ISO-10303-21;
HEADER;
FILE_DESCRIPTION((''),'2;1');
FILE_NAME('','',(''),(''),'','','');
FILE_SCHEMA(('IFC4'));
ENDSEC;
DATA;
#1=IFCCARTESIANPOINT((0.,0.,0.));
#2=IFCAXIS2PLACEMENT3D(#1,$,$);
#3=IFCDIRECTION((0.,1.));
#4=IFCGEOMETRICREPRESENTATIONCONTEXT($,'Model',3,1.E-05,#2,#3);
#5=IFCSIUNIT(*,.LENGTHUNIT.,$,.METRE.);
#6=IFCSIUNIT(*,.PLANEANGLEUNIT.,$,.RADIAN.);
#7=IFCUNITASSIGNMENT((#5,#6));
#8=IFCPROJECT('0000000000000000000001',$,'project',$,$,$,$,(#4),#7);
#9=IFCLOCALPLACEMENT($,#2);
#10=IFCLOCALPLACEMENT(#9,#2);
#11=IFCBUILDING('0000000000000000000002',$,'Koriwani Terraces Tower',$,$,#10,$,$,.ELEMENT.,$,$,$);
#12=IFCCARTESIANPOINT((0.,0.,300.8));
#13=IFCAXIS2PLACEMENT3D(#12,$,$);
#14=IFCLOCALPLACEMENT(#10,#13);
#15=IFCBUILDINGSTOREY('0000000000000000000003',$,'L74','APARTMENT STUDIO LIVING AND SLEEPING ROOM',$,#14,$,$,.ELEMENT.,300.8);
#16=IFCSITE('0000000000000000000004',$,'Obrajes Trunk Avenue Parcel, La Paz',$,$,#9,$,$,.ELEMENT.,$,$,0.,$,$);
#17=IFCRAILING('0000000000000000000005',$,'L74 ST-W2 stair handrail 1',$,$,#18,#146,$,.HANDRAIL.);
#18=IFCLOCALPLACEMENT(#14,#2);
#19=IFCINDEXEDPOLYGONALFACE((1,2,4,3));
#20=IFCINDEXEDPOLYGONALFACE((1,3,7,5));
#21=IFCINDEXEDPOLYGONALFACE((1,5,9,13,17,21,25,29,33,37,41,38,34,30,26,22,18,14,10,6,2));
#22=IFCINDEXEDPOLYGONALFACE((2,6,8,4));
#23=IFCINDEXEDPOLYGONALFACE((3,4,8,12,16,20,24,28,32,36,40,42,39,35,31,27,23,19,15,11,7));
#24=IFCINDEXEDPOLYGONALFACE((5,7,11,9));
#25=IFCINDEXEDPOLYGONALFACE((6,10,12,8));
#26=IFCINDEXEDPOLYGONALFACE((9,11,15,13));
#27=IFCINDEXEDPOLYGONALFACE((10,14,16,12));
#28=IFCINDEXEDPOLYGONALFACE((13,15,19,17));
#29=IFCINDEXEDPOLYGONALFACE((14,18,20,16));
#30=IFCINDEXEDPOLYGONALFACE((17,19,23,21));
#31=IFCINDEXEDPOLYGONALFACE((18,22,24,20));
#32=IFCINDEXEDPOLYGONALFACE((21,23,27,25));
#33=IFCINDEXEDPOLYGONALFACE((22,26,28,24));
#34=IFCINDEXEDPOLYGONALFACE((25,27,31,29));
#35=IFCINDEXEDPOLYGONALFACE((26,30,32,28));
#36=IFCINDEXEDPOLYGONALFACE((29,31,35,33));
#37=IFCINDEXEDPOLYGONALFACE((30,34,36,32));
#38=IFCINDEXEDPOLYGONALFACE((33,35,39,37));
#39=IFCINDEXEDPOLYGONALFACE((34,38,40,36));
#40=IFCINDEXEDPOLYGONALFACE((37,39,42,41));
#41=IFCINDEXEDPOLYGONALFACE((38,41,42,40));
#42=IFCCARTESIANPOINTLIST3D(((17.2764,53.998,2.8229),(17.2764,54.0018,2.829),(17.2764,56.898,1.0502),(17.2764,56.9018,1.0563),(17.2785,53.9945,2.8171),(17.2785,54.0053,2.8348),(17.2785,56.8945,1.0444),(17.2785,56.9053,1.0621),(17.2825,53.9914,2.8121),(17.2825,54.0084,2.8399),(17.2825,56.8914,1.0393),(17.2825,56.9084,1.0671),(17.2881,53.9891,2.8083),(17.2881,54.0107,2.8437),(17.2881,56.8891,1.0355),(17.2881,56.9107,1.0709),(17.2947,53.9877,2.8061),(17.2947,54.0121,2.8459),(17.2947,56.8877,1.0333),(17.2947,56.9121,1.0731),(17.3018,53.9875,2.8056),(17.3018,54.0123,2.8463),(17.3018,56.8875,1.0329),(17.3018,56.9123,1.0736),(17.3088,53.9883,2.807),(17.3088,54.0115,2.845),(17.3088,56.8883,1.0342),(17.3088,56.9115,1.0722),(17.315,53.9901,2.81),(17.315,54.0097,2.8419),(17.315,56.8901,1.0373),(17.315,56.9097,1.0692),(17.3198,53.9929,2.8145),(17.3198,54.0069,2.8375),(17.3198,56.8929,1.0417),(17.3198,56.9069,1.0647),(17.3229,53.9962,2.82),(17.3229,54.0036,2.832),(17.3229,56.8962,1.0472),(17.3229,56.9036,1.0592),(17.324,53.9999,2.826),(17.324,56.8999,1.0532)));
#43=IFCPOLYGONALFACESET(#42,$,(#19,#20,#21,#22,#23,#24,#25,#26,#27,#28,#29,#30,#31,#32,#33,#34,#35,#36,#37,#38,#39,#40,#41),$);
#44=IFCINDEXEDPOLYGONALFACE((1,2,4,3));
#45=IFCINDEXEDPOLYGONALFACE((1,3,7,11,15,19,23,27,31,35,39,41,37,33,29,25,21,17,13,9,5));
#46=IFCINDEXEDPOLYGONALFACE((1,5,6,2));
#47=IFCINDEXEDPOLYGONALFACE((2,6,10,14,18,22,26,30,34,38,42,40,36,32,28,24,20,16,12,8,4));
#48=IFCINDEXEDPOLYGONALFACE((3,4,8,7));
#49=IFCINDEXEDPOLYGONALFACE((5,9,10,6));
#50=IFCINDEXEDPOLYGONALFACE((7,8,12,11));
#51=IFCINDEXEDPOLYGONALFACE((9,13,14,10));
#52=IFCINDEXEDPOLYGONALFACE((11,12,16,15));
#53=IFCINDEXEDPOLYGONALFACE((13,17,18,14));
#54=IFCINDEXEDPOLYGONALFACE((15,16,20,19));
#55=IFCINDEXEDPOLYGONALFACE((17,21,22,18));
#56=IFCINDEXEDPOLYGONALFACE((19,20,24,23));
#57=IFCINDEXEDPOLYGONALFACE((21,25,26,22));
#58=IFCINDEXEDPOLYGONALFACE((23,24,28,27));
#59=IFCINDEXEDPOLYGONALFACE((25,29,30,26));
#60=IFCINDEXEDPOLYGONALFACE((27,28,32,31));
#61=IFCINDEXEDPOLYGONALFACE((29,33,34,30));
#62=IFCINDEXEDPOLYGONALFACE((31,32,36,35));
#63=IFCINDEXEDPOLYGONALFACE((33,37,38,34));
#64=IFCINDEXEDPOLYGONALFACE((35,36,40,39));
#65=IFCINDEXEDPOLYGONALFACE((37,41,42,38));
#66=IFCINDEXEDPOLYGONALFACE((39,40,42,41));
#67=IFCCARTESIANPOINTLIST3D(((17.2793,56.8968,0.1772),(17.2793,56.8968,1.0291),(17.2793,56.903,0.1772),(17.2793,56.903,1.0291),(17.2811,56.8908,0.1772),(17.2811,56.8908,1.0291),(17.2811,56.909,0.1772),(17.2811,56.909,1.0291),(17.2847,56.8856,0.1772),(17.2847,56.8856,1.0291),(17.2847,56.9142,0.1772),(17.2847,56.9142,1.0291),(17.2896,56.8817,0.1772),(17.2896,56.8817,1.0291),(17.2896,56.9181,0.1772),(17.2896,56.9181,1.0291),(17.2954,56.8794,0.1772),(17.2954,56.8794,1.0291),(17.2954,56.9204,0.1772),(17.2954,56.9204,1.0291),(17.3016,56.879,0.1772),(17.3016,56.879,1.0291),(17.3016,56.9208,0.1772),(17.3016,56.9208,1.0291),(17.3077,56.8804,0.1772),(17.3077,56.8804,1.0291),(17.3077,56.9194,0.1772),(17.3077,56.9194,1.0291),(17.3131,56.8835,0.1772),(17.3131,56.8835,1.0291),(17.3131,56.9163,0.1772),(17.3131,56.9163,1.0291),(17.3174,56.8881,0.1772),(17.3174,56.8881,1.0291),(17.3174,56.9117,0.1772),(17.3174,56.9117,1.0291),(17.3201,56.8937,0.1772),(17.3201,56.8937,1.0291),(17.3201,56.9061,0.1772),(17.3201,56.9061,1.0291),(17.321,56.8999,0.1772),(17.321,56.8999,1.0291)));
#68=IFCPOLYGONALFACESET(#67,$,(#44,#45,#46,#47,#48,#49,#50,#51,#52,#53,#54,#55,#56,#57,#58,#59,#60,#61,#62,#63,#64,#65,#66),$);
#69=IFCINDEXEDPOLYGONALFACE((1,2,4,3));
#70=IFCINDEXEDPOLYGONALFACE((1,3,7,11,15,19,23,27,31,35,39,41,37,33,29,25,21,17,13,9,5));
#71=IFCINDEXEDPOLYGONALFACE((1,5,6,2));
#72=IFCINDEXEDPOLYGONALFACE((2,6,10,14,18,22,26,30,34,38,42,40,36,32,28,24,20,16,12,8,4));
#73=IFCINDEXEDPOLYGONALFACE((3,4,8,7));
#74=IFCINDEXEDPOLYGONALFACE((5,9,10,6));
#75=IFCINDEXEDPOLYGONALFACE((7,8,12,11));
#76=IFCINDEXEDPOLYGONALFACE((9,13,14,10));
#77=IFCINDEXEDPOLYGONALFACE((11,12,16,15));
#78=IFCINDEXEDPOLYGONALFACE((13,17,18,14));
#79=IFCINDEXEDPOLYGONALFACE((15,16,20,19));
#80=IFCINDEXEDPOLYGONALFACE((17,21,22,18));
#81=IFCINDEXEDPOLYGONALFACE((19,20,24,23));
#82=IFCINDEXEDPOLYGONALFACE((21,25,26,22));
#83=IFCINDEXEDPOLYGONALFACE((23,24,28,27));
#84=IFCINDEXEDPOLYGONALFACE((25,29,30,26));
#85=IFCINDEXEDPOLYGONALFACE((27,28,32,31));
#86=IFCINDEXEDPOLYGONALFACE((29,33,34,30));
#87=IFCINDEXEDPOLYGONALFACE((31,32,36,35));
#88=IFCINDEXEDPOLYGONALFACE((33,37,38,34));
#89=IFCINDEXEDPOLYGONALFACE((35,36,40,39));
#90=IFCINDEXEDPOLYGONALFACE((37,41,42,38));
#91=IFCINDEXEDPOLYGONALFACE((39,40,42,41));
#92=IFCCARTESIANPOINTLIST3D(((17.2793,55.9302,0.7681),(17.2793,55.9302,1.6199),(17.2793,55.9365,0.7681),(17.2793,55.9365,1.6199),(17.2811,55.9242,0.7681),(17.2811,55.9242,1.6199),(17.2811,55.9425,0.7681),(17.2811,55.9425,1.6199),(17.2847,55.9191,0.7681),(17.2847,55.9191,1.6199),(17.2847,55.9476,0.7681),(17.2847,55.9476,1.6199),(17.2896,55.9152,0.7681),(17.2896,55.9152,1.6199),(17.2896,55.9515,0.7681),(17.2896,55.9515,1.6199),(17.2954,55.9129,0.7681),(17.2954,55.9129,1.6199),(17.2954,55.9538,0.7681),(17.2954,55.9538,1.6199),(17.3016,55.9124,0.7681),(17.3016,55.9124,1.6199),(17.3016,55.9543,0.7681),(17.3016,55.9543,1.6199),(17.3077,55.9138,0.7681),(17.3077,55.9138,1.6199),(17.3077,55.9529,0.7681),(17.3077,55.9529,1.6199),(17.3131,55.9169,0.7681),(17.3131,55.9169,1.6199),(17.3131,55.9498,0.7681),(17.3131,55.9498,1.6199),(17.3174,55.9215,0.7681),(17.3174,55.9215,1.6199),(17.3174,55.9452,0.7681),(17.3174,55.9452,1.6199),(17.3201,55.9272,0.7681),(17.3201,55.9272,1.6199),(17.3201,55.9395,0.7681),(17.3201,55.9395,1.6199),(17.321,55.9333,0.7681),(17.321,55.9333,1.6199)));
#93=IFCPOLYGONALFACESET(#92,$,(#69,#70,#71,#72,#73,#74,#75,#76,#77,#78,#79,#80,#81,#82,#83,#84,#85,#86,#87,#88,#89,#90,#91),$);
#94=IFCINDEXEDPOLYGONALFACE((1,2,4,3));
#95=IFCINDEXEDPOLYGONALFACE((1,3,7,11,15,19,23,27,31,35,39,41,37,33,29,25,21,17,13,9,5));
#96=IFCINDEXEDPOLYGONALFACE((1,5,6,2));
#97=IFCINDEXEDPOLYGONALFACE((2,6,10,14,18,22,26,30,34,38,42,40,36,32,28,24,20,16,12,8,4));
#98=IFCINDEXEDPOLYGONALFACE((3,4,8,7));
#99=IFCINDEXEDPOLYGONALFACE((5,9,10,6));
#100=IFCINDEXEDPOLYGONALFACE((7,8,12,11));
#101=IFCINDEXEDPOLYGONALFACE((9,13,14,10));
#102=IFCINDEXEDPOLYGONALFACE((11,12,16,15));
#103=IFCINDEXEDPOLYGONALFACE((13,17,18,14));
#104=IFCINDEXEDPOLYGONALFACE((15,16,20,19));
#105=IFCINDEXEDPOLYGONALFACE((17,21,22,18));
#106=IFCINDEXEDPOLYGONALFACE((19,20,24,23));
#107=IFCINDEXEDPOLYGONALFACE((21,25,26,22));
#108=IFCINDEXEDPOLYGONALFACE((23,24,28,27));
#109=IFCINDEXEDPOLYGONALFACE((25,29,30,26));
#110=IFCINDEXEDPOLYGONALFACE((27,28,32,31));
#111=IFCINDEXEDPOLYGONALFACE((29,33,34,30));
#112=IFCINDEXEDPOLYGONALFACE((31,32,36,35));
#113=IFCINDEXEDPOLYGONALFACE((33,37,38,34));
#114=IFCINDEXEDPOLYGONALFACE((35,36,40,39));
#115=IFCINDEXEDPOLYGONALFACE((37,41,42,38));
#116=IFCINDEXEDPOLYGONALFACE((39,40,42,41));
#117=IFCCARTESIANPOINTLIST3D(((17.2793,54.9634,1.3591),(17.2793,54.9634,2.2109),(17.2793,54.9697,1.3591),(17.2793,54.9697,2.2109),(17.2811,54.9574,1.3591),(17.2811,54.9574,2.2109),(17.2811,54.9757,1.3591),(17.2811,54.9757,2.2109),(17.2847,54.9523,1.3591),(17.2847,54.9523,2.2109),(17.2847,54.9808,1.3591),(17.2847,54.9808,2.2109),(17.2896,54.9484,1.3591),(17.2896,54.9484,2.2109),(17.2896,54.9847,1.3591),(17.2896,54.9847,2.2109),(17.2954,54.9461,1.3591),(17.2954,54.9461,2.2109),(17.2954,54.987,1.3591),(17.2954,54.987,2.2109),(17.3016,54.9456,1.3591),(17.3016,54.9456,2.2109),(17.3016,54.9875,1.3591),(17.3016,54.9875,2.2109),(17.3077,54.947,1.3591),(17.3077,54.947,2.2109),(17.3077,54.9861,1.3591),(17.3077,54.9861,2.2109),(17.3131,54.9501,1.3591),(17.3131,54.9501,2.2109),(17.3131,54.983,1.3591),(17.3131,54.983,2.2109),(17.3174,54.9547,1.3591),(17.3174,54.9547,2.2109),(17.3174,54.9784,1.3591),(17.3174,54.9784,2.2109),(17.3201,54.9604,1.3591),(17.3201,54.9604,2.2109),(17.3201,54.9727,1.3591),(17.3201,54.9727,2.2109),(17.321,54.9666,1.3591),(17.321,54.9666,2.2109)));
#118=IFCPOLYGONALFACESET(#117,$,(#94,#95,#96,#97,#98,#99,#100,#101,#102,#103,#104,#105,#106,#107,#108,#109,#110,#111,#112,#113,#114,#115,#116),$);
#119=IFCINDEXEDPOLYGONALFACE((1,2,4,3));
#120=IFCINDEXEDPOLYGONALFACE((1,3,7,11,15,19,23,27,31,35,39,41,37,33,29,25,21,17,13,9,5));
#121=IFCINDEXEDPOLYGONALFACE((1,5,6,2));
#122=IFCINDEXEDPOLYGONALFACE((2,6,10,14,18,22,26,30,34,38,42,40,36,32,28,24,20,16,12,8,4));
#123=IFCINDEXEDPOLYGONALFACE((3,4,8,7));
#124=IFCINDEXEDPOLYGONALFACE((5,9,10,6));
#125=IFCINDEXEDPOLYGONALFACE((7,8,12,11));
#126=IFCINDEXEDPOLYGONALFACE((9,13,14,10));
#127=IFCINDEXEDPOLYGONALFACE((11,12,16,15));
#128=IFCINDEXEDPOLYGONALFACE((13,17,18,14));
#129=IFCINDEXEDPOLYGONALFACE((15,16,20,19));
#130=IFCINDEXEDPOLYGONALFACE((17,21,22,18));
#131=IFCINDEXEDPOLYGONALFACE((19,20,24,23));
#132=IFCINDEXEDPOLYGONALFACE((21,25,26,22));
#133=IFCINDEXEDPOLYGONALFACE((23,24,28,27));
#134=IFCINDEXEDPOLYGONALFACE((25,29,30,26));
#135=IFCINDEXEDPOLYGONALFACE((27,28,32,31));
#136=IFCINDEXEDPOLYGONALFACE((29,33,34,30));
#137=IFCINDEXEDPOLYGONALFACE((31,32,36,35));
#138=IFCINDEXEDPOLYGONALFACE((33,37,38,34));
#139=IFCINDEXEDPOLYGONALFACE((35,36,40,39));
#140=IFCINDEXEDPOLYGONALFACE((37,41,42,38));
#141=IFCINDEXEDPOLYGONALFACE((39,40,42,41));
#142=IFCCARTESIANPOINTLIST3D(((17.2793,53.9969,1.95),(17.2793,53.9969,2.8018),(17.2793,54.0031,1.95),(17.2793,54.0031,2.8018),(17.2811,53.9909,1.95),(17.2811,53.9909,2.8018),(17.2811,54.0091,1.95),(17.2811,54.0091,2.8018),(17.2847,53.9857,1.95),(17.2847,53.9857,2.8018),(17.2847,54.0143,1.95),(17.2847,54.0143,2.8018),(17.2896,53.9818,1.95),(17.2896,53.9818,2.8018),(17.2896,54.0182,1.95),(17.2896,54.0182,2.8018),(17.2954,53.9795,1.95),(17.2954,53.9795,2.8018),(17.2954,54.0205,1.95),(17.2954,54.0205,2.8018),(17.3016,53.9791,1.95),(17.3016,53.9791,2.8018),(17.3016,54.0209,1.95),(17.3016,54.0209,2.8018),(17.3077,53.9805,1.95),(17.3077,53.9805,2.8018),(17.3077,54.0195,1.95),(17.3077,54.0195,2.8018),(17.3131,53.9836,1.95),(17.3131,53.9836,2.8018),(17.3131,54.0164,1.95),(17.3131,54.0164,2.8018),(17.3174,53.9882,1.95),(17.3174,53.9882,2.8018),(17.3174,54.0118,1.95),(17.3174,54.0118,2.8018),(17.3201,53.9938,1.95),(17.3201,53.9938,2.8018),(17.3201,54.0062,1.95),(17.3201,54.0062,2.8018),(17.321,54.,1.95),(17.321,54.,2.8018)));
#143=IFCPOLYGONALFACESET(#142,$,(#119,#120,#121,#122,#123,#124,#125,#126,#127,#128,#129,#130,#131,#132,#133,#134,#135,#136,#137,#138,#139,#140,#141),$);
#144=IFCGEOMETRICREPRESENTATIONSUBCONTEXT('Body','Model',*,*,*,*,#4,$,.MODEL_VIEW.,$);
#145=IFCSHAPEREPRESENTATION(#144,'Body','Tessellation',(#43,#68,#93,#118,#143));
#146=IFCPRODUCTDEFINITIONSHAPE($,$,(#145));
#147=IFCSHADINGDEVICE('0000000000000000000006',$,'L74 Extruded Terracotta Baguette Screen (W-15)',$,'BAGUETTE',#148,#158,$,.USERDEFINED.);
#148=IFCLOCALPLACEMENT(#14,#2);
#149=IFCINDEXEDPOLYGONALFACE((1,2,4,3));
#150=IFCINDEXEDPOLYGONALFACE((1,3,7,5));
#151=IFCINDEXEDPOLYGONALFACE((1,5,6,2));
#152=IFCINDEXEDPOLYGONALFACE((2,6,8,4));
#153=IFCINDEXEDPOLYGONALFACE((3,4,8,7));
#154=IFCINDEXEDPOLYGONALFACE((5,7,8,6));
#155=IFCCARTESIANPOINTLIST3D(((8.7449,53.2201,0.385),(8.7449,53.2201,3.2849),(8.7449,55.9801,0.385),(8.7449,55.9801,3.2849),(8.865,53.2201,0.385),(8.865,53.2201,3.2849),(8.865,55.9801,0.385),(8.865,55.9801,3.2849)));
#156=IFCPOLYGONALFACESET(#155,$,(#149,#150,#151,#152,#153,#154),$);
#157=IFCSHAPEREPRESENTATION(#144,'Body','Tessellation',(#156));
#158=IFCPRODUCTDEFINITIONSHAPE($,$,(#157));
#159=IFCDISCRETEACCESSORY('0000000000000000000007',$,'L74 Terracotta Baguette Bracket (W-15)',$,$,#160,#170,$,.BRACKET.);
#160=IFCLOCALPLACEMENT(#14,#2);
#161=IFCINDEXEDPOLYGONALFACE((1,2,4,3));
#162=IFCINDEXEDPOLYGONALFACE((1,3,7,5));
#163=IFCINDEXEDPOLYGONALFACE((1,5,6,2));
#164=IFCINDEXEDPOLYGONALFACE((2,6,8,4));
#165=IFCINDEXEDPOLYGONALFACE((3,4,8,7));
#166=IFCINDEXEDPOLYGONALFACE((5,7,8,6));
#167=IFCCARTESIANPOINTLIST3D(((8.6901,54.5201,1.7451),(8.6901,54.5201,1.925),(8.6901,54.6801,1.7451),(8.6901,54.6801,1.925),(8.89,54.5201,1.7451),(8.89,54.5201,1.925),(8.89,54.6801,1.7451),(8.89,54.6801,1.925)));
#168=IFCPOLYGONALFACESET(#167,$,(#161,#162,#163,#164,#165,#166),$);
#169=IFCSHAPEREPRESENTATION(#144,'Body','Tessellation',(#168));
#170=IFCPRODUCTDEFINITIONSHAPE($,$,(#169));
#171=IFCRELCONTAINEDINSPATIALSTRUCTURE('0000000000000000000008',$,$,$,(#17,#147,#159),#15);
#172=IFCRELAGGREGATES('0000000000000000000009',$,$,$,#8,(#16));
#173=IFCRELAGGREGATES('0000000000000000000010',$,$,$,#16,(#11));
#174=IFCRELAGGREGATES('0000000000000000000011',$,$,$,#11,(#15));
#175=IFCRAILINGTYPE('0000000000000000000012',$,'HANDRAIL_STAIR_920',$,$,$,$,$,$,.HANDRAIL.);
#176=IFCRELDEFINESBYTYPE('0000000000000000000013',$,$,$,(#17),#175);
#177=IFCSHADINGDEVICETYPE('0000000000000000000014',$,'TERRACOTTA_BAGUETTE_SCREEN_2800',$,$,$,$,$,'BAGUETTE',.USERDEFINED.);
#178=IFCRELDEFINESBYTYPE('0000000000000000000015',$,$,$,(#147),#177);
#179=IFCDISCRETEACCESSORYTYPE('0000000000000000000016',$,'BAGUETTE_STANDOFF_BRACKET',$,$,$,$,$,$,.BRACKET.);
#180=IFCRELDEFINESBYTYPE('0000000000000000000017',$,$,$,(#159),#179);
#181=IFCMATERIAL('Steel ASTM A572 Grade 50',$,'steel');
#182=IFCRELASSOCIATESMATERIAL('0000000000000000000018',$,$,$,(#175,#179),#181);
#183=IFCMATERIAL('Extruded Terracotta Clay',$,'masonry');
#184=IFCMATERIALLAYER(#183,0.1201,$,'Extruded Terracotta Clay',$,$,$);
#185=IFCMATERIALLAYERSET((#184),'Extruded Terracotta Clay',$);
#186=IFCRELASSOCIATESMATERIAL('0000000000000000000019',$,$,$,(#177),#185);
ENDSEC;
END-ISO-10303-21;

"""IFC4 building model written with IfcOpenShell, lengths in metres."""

from ifc_helpers import new_model, si_unit, direction, frame, origin, origin_2d, place, context, subcontext, project, spatial, rectangle, circle, extrude, material, layer, layer_set, type_object, element, save


model = new_model("IFC4")

# Units and contexts
model_context = context("Model", 3, precision=1e-05, world=origin(), true_north=direction((0.0, 1.0)))
body_context = subcontext(model_context, "Body", "Model", "MODEL_VIEW")
ifc_project = project(units=[si_unit("LENGTHUNIT", "METRE"), si_unit("PLANEANGLEUNIT", "RADIAN")], contexts=[model_context])

# Site, building, storey
site_placement = place(None, origin())
site = spatial("IfcSite", under=ifc_project, at=site_placement, Name="Obrajes Trunk Avenue Parcel, La Paz", CompositionType="ELEMENT", RefElevation=0.0)
building_placement = place(site_placement, origin())
building = spatial("IfcBuilding", under=site, at=building_placement, Name="Koriwani Terraces Tower", CompositionType="ELEMENT")
storey_placement = place(building_placement, frame((0.0, 0.0, 300.8)))
storey = spatial("IfcBuildingStorey", under=building, at=storey_placement, Name="L74", Description="APARTMENT STUDIO LIVING AND SLEEPING ROOM", CompositionType="ELEMENT", Elevation=300.8)

# Shared definitions
ifc_material_1 = material(Name="Steel ASTM A572 Grade 50", Category="steel")

# Railing
railing_type_1 = type_object("IfcRailingType", Name="HANDRAIL_STAIR_920", PredefinedType="HANDRAIL", material=ifc_material_1)
railing_1_placement = place(storey_placement, frame((17.3, 56.8999, 0.1772)))
element("IfcRailing", 1, at=railing_1_placement, inside=storey, type_object=railing_type_1, Name="L74 ST-W2 stair handrail 1", PredefinedType="HANDRAIL", context=body_context, shape_type="SweptSolid", body=[
    extrude(circle(Radius=0.0239, at=origin_2d()), frame((0.0, 0.0, 0.876), z_axis=(0.0, -0.853211, 0.521566), x_axis=(1.0, 0.0, 0.0)), (0.0, 0.0, 1.0), 3.3989),
    extrude(circle(Radius=0.021, at=origin_2d()), origin(), (0.0, 0.0, 1.0), 0.8518),
    extrude(circle(Radius=0.021, at=origin_2d()), frame((0.0, -0.9666, 0.5908)), (0.0, 0.0, 1.0), 0.8518),
    extrude(circle(Radius=0.021, at=origin_2d()), frame((0.0, -1.9333, 1.1819)), (0.0, 0.0, 1.0), 0.8518),
    extrude(circle(Radius=0.021, at=origin_2d()), frame((0.0, -2.8999, 1.7727)), (0.0, 0.0, 1.0), 0.8518),
])

# Shading device
ifc_material_2 = material(Name="Extruded Terracotta Clay", Category="masonry")
ifc_layer_1 = layer(ifc_material_2, 0.1201, Name="Extruded Terracotta Clay")
ifc_layer_set_1 = layer_set([ifc_layer_1], Name="Extruded Terracotta Clay")
shading_device_type = type_object("IfcShadingDeviceType", Name="TERRACOTTA_BAGUETTE_SCREEN_2800", ElementType="BAGUETTE", PredefinedType="USERDEFINED", material=ifc_layer_set_1)
shading_device_placement = place(storey_placement, frame((8.8049, 54.6001, 0.385), z_axis=(0.0, 0.0, 1.0), x_axis=(0.0, 1.0, 0.0)))
element("IfcShadingDevice", 2, at=shading_device_placement, inside=storey, type_object=shading_device_type, Name="L74 Extruded Terracotta Baguette Screen (W-15)", ObjectType="BAGUETTE", PredefinedType="USERDEFINED", context=body_context, shape_type="SweptSolid", body=[
    extrude(rectangle(XDim=2.76, YDim=0.1201, at=origin_2d()), origin(), (0.0, 0.0, 1.0), 2.8999),
])

# Discrete accessory
discrete_accessory_type = type_object("IfcDiscreteAccessoryType", Name="BAGUETTE_STANDOFF_BRACKET", PredefinedType="BRACKET", material=ifc_material_1)
discrete_accessory_placement = place(storey_placement, frame((8.79, 54.6001, 1.7451), z_axis=(0.0, 0.0, 1.0), x_axis=(0.0, 1.0, 0.0)))
element("IfcDiscreteAccessory", 3, at=discrete_accessory_placement, inside=storey, type_object=discrete_accessory_type, Name="L74 Terracotta Baguette Bracket (W-15)", PredefinedType="BRACKET", context=body_context, shape_type="SweptSolid", body=[
    extrude(rectangle(XDim=0.1599, YDim=0.2, at=origin_2d()), origin(), (0.0, 0.0, 1.0), 0.1799),
])

save(model, "model.ifc")
